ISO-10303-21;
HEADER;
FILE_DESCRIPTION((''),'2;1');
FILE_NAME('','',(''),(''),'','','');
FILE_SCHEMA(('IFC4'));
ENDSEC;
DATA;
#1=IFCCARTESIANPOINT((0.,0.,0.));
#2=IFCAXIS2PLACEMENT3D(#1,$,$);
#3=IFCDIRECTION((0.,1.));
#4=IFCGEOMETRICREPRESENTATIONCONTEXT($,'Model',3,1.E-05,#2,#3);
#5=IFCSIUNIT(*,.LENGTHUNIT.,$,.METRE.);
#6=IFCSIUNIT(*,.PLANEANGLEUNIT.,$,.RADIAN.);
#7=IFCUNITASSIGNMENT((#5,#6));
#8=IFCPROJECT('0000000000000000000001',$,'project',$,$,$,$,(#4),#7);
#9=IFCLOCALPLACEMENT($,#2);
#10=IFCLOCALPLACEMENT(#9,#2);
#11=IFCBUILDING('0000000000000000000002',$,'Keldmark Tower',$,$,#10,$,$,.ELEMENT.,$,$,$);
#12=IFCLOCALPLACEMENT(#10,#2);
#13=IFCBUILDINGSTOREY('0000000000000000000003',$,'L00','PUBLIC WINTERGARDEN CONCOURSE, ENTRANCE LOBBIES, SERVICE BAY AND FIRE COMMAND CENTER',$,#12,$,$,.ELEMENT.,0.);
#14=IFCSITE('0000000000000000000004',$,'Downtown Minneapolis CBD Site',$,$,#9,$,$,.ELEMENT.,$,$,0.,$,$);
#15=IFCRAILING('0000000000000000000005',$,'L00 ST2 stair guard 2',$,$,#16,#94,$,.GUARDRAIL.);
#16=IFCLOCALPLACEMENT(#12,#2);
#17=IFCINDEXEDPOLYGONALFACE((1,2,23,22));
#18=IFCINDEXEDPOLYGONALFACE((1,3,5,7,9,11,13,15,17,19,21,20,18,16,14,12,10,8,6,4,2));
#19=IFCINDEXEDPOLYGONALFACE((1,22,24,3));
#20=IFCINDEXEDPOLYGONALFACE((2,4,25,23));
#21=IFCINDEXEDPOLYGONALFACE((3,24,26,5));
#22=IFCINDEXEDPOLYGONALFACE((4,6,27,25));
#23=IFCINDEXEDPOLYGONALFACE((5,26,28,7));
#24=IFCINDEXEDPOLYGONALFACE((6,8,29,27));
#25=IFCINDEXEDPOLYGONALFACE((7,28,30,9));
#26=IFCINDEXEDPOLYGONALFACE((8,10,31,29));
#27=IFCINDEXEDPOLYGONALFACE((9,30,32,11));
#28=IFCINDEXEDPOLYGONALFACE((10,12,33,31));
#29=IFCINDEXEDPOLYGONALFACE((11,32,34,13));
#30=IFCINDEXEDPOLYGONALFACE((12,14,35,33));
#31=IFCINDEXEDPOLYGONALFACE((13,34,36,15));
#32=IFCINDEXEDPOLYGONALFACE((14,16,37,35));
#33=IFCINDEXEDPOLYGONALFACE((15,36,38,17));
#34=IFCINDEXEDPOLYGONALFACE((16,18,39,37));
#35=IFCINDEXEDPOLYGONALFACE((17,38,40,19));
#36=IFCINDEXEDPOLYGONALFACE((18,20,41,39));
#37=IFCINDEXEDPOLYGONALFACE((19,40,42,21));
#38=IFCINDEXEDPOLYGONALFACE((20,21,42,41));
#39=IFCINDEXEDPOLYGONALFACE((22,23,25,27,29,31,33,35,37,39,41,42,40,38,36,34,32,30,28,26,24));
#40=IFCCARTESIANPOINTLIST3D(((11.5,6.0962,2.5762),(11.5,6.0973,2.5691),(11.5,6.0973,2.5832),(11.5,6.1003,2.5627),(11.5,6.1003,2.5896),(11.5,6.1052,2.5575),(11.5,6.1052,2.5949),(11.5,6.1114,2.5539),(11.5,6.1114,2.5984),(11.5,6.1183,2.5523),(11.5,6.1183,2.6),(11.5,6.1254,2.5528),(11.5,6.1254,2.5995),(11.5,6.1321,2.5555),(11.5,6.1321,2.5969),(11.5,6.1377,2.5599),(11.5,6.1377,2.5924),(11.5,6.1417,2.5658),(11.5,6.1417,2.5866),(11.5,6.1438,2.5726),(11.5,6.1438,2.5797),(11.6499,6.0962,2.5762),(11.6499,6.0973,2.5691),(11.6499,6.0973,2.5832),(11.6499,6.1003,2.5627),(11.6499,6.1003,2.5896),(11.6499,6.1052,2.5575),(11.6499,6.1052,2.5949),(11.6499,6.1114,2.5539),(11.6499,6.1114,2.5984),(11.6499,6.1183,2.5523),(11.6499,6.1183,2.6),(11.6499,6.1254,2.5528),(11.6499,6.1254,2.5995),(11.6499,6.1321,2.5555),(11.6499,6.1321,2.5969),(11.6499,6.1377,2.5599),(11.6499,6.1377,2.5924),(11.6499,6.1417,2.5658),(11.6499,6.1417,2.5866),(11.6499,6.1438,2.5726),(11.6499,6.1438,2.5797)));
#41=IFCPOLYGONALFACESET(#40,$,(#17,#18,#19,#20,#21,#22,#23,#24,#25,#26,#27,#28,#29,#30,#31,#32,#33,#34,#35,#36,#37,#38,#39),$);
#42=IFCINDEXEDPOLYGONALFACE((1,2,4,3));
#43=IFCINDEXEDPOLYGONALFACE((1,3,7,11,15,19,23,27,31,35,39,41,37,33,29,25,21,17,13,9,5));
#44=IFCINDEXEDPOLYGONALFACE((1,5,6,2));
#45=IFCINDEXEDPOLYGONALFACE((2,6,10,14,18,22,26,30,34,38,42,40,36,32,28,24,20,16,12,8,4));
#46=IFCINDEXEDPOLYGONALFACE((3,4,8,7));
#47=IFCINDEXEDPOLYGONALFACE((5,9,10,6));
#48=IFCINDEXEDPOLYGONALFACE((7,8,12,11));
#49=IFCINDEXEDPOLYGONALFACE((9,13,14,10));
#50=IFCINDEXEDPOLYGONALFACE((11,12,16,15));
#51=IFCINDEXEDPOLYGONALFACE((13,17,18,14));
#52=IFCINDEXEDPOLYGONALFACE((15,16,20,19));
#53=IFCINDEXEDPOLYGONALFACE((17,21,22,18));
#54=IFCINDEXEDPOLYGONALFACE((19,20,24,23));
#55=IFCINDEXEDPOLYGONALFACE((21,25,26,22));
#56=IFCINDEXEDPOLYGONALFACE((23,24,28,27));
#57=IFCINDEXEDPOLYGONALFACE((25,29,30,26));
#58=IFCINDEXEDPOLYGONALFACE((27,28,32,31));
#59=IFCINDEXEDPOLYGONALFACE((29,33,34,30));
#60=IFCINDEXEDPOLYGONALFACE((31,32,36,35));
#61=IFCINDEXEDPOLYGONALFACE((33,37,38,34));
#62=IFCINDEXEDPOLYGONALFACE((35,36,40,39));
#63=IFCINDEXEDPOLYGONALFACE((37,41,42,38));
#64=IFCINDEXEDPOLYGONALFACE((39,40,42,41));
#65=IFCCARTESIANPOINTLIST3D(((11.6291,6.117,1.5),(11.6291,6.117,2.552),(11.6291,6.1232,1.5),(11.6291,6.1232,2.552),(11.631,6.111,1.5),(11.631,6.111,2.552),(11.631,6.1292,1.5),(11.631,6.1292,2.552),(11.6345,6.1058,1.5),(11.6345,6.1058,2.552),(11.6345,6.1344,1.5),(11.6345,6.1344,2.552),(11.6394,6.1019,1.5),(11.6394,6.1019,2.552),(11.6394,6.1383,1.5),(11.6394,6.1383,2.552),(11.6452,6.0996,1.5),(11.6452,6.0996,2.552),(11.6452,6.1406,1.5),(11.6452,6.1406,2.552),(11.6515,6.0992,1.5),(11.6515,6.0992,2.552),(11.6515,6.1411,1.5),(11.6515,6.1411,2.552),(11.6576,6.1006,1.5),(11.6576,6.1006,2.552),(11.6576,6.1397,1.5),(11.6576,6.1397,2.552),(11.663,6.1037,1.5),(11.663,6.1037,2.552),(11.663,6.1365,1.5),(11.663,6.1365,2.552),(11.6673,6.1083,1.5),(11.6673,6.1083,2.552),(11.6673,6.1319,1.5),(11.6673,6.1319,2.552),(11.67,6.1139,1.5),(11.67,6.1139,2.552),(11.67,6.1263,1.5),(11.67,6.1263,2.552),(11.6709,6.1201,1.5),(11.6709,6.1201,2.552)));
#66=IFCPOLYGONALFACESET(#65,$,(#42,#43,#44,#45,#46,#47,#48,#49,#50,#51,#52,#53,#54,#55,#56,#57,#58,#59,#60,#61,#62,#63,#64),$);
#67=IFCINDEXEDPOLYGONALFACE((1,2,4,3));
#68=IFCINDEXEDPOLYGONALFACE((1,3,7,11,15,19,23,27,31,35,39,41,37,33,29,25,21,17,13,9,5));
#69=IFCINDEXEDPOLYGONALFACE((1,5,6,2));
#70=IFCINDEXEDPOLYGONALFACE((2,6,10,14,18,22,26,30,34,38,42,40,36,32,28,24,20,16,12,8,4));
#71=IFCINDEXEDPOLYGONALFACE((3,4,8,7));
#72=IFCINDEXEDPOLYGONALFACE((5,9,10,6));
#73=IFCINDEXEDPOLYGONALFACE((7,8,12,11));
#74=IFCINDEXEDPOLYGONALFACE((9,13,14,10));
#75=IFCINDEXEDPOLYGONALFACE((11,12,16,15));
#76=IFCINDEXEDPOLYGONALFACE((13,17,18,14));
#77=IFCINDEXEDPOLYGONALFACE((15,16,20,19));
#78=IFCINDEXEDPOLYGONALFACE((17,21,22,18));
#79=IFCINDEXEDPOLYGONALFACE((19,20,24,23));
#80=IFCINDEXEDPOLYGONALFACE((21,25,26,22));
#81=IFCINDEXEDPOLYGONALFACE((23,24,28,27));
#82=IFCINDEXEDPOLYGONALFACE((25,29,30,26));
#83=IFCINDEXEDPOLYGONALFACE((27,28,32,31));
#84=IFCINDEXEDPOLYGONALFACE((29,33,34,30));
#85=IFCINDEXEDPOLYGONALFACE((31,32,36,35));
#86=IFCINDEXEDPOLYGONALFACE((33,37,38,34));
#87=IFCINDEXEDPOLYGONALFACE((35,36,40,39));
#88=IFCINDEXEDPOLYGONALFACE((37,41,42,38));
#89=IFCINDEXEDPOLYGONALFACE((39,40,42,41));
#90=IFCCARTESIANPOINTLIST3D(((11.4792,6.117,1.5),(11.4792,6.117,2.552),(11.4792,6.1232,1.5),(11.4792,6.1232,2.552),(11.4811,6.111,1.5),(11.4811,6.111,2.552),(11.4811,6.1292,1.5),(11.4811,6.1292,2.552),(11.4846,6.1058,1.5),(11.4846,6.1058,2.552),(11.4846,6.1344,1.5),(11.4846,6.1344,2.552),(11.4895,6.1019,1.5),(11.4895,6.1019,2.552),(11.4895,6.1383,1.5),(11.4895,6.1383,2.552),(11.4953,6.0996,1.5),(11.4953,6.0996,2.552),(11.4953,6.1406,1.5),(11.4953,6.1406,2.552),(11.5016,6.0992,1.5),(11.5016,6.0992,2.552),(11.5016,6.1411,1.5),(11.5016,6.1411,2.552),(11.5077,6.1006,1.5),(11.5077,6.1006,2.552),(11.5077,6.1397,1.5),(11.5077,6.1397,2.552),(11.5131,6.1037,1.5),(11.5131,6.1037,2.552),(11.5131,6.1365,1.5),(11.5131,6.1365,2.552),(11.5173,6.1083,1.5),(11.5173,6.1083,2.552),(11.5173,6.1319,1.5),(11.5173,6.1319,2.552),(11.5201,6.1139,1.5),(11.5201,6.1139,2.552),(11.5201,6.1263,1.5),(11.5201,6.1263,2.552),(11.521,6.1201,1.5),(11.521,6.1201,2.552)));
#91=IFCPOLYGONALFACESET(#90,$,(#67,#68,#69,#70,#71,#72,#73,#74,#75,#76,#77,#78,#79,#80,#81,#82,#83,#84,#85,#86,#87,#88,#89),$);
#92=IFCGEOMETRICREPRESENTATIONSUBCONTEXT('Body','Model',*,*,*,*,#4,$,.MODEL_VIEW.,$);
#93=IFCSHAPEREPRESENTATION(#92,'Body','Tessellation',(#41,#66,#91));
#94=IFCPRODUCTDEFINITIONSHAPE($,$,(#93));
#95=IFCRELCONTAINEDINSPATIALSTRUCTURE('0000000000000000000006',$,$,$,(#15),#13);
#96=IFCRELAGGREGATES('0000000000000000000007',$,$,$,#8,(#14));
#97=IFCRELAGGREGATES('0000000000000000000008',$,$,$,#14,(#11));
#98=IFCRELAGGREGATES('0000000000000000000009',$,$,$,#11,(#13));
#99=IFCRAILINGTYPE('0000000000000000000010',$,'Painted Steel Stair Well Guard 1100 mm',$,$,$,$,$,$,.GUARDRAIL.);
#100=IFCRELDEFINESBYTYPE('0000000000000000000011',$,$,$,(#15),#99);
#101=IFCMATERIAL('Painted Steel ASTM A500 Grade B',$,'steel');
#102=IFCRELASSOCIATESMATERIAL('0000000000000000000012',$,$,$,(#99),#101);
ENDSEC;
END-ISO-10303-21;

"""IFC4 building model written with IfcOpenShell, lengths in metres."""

from ifc_helpers import new_model, si_unit, direction, frame, origin, origin_2d, place, context, subcontext, project, spatial, circle, extrude, material, type_object, element, save


model = new_model("IFC4")

# Units and contexts
model_context = context("Model", 3, precision=1e-05, world=origin(), true_north=direction((0.0, 1.0)))
body_context = subcontext(model_context, "Body", "Model", "MODEL_VIEW")
ifc_project = project(units=[si_unit("LENGTHUNIT", "METRE"), si_unit("PLANEANGLEUNIT", "RADIAN")], contexts=[model_context])

# Site, building, storey
site_placement = place(None, origin())
site = spatial("IfcSite", under=ifc_project, at=site_placement, Name="Downtown Minneapolis CBD Site", CompositionType="ELEMENT", RefElevation=0.0)
building_placement = place(site_placement, origin())
building = spatial("IfcBuilding", under=site, at=building_placement, Name="Keldmark Tower", CompositionType="ELEMENT")
storey_placement = place(building_placement, origin())
storey = spatial("IfcBuildingStorey", under=building, at=storey_placement, Name="L00", Description="PUBLIC WINTERGARDEN CONCOURSE, ENTRANCE LOBBIES, SERVICE BAY AND FIRE COMMAND CENTER", CompositionType="ELEMENT", Elevation=0.0)

# Railing
ifc_material_1 = material(Name="Painted Steel ASTM A500 Grade B", Category="steel")
railing_type_1 = type_object("IfcRailingType", Name="Painted Steel Stair Well Guard 1100 mm", PredefinedType="GUARDRAIL", material=ifc_material_1)
railing_1_placement = place(storey_placement, frame((11.6499, 6.1201, 1.5)))
element("IfcRailing", 1, at=railing_1_placement, inside=storey, type_object=railing_type_1, Name="L00 ST2 stair guard 2", PredefinedType="GUARDRAIL", context=body_context, shape_type="SweptSolid", body=[
    extrude(circle(Radius=0.0239, at=origin_2d()), frame((0.0, 0.0, 1.0762), z_axis=(-1.0, 0.0, 0.0), x_axis=(0.0, -1.0, 0.0)), (0.0, 0.0, 1.0), 0.1499),
    extrude(circle(Radius=0.021, at=origin_2d()), origin(), (0.0, 0.0, 1.0), 1.052),
    extrude(circle(Radius=0.021, at=origin_2d()), frame((-0.1499, 0.0, 0.0)), (0.0, 0.0, 1.0), 1.052),
])

save(model, "model.ifc")
